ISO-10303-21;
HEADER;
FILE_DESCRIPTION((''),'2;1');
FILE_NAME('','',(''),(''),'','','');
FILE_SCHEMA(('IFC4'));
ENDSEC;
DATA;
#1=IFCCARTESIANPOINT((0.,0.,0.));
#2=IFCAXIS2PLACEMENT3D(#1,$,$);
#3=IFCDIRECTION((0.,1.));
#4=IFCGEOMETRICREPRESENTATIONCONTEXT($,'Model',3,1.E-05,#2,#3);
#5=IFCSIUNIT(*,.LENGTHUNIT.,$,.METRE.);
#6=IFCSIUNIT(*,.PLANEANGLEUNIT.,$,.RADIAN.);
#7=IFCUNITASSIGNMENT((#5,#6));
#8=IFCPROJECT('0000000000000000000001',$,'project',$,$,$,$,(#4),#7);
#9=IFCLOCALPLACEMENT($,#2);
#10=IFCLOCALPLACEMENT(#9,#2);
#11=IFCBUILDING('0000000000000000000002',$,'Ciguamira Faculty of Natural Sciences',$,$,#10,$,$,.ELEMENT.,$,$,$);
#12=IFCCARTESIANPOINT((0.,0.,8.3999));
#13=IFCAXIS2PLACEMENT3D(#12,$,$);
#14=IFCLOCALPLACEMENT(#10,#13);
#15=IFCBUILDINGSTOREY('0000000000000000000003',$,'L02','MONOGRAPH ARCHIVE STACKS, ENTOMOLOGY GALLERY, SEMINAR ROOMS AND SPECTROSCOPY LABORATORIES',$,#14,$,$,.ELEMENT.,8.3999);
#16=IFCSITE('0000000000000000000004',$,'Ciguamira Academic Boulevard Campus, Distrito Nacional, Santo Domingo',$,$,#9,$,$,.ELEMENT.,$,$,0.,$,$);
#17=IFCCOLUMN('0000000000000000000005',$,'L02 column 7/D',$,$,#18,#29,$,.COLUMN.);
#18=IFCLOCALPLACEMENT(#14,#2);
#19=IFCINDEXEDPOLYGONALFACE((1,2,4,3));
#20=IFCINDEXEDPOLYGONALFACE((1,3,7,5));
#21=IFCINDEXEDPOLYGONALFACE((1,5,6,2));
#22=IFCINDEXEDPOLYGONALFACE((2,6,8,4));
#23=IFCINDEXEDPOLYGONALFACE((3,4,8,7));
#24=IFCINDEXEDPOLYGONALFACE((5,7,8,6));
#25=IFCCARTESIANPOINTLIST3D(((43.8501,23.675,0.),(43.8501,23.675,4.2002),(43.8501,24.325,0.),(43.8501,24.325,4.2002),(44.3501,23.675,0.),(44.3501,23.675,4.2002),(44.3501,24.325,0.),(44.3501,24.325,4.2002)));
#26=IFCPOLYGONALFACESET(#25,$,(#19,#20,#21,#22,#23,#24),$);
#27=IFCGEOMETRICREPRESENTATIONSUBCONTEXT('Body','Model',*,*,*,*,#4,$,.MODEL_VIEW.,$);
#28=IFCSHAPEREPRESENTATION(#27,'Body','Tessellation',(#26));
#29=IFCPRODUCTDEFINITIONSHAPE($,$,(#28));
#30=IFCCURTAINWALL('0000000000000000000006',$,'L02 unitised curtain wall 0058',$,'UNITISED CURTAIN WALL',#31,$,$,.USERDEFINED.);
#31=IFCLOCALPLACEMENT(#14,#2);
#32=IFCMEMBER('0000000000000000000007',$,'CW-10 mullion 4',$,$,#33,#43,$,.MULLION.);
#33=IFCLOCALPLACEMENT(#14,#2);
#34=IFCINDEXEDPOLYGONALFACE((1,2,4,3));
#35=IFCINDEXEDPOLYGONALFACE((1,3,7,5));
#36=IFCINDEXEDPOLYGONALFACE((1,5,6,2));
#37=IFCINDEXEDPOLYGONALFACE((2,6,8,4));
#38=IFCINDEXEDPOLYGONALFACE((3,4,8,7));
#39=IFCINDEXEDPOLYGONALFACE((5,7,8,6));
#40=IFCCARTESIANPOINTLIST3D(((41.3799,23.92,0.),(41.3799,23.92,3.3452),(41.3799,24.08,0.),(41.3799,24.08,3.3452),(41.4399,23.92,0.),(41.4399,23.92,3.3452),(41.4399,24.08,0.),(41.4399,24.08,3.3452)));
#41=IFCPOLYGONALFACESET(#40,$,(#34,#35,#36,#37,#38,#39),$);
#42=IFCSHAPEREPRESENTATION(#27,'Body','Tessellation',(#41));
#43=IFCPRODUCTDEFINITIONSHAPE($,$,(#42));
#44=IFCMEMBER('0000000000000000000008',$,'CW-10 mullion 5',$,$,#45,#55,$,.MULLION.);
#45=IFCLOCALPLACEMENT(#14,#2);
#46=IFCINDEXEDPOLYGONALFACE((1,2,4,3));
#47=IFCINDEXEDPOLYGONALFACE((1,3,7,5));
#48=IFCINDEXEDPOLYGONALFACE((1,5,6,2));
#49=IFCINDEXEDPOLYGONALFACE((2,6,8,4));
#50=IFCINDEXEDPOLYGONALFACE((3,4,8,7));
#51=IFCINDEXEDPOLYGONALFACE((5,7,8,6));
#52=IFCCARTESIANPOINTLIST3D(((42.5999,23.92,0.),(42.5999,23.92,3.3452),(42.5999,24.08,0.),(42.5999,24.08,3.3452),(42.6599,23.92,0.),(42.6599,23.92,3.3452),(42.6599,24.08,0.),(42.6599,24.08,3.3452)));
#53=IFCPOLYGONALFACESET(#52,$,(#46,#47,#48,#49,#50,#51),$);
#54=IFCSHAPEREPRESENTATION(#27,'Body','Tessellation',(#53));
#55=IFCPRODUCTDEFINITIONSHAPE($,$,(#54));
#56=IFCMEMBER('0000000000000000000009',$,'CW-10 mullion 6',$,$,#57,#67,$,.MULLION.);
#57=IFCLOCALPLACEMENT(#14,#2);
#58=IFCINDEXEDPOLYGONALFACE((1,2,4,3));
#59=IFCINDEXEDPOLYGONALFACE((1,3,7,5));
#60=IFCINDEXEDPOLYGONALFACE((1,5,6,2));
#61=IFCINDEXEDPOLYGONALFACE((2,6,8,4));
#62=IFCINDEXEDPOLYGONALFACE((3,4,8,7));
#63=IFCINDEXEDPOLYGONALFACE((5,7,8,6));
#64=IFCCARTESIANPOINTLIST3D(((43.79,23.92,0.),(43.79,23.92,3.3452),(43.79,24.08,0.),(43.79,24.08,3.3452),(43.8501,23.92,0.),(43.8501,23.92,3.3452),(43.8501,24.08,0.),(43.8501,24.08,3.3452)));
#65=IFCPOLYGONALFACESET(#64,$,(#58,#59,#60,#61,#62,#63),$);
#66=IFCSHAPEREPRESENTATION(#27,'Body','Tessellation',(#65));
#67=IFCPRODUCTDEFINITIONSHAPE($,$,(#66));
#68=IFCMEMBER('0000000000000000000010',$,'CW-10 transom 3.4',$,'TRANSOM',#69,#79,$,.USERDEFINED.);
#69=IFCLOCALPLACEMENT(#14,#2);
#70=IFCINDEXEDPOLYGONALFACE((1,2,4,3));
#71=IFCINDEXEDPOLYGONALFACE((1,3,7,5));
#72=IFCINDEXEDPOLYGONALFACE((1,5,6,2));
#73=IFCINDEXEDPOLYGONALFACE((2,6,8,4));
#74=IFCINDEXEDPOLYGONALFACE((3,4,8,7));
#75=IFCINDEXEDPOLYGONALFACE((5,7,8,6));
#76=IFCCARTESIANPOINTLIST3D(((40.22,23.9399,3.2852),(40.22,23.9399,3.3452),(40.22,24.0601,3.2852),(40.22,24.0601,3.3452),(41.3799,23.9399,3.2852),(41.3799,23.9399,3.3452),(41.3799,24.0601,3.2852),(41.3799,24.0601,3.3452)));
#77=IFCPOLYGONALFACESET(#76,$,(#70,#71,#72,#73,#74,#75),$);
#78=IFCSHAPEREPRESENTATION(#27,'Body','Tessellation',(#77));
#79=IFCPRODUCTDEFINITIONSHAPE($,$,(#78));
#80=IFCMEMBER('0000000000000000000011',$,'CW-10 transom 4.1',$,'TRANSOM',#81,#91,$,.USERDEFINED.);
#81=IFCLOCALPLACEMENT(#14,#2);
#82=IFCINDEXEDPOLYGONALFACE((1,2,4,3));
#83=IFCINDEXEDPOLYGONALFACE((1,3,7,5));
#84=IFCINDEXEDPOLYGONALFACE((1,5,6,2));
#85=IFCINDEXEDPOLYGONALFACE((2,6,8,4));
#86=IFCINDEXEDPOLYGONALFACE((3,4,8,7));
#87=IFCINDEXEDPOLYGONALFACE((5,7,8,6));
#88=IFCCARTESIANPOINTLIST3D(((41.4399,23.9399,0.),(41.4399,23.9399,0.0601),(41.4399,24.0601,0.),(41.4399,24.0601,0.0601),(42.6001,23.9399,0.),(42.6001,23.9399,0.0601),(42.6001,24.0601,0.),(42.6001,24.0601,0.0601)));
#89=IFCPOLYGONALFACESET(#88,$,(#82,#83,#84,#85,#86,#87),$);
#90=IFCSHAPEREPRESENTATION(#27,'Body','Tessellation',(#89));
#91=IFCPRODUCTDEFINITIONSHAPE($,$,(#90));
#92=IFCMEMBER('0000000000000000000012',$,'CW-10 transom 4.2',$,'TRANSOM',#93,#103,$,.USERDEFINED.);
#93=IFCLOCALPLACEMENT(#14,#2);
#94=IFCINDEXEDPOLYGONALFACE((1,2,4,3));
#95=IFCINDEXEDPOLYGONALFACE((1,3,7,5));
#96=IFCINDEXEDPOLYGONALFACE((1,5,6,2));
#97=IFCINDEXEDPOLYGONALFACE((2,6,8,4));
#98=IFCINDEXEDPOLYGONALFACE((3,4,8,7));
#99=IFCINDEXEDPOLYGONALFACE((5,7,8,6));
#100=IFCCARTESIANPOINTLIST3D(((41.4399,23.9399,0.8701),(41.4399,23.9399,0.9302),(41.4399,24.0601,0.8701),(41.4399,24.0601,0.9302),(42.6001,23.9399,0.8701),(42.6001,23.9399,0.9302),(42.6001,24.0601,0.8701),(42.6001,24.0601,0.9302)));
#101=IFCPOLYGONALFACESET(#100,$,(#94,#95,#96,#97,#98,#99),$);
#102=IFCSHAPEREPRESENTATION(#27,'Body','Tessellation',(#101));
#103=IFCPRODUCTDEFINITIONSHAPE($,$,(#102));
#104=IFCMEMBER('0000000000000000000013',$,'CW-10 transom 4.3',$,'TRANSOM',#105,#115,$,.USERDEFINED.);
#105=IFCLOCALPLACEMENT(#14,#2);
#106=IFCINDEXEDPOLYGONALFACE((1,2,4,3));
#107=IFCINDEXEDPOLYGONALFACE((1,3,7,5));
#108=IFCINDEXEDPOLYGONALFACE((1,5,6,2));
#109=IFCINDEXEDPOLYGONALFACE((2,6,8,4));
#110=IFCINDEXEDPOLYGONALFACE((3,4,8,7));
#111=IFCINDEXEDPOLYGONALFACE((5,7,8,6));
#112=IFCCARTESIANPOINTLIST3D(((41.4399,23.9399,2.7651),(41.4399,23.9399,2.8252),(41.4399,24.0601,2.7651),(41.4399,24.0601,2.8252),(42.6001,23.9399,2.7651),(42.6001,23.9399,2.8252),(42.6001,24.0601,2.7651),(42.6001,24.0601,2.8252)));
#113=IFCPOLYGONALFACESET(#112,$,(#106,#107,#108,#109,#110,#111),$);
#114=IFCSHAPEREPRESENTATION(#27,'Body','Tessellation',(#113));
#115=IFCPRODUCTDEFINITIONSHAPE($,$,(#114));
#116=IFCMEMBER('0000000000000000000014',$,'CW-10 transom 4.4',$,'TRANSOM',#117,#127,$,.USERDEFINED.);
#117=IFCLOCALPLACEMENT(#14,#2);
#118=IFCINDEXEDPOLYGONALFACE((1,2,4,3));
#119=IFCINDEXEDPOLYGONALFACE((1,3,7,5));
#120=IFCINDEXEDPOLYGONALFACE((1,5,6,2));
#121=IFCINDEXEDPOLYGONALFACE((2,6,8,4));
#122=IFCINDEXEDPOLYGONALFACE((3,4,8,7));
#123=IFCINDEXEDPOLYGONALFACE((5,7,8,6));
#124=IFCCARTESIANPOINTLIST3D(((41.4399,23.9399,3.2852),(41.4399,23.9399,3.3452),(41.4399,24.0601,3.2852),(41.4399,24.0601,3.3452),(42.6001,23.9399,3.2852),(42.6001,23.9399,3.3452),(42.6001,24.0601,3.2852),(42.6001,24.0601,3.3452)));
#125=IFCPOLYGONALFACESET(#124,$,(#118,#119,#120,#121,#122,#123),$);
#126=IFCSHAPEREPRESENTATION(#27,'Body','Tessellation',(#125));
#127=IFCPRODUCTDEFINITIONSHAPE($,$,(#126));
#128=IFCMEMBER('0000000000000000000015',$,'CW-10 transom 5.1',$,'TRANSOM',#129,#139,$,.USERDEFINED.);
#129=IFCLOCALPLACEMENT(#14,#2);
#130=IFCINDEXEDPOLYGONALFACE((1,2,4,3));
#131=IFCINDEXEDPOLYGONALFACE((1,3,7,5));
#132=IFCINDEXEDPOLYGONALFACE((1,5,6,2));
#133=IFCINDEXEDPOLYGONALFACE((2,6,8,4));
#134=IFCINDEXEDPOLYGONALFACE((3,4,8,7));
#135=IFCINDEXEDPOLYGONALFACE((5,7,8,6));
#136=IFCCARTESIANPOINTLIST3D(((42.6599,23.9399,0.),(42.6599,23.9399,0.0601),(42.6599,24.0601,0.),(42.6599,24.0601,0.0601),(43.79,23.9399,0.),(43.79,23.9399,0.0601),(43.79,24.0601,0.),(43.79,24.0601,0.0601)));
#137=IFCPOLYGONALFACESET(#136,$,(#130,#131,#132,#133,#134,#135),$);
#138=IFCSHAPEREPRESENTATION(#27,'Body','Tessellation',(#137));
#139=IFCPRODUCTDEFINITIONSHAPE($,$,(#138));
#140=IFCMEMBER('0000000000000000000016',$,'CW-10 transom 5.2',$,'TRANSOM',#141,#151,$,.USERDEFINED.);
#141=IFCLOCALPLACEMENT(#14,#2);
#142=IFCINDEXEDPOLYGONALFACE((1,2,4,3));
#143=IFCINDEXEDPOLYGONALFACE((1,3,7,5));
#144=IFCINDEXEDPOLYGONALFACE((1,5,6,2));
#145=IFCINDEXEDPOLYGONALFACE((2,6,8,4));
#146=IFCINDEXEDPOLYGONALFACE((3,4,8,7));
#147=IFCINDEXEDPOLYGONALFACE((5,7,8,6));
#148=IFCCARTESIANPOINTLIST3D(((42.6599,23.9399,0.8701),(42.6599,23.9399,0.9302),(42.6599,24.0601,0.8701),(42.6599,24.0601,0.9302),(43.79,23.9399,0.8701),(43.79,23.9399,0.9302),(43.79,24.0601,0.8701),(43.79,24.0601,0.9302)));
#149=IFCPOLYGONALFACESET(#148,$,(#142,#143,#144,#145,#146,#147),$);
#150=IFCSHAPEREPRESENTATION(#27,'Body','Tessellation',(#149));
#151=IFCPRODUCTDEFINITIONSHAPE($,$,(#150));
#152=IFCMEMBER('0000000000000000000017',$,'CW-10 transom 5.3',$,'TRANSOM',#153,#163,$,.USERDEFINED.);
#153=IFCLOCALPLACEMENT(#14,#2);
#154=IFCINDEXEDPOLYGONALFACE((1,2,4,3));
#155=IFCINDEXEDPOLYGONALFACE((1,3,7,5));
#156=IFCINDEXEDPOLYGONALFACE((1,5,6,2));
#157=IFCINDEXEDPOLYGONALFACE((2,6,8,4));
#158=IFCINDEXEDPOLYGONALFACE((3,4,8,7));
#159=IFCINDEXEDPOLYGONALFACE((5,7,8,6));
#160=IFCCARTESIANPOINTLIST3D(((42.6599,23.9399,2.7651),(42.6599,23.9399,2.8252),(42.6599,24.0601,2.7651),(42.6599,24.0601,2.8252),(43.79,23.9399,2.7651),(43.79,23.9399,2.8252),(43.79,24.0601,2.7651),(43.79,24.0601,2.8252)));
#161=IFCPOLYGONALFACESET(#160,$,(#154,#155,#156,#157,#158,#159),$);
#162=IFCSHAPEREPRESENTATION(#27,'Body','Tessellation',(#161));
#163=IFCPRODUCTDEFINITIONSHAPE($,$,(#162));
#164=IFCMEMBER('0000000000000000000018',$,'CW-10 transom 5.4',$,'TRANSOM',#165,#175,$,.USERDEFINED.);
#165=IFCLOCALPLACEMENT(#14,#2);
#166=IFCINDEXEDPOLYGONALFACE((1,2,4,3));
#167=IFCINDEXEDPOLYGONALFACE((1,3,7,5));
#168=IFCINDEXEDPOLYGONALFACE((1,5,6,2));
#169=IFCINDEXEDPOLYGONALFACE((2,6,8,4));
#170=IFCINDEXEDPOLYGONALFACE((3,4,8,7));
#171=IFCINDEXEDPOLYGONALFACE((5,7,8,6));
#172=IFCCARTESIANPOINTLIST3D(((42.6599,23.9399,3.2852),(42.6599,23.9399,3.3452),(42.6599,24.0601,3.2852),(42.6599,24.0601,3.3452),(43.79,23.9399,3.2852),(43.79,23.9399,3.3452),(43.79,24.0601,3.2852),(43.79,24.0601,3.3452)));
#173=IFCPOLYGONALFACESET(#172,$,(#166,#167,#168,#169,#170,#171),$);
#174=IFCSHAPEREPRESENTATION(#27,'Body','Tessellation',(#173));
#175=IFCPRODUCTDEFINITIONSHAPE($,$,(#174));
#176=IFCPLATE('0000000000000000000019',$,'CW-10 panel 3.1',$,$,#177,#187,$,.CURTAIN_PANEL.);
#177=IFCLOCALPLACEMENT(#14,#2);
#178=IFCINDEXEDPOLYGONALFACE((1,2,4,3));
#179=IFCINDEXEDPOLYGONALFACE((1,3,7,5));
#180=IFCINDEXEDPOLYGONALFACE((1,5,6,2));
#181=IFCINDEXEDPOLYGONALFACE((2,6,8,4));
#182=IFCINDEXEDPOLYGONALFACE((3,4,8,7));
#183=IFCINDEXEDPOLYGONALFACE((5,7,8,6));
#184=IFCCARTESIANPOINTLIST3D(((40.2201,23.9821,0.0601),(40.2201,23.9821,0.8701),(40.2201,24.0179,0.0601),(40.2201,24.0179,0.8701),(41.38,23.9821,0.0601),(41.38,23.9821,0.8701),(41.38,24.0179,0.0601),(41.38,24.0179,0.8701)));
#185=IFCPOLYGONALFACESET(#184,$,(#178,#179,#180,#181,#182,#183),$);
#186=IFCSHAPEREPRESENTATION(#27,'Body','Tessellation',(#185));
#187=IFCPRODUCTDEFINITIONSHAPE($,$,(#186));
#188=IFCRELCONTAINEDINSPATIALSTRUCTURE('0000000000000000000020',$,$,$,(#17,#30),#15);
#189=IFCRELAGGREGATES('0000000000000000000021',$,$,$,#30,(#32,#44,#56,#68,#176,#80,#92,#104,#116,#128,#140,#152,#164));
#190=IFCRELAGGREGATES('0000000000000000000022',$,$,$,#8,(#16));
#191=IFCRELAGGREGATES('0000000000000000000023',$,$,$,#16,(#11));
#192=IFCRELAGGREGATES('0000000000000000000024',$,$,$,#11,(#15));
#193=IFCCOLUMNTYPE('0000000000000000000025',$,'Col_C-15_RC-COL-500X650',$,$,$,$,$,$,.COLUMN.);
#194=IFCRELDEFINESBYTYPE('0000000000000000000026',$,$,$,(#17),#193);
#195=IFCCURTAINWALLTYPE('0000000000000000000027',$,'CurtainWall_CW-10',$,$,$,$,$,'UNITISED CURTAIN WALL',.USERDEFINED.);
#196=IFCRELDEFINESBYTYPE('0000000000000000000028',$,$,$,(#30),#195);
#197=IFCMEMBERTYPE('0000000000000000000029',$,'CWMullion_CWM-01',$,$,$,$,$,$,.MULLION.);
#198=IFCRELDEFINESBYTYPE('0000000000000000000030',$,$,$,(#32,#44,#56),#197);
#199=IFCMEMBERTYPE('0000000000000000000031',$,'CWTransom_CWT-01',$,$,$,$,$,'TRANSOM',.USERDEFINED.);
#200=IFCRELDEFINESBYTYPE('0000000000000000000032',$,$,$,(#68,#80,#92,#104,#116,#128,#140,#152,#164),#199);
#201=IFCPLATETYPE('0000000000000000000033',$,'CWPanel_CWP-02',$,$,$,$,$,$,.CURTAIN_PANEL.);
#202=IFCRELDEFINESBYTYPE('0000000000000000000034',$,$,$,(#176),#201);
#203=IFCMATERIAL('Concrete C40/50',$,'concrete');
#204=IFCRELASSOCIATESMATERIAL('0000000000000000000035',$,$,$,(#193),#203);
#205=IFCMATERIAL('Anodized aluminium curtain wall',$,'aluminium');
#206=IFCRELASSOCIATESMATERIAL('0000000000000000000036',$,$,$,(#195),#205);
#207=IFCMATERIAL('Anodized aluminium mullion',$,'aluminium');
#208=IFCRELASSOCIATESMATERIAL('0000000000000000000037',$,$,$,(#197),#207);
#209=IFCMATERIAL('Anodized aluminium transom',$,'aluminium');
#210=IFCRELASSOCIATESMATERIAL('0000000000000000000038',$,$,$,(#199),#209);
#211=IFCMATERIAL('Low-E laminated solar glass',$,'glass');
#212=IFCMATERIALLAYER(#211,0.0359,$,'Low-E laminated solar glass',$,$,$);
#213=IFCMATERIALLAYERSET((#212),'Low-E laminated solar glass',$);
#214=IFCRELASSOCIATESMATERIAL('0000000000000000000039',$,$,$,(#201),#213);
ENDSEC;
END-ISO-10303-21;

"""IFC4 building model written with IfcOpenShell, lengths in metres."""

from ifc_helpers import new_model, si_unit, direction, frame, origin, origin_2d, place, context, subcontext, project, spatial, rectangle, extrude, material, layer, layer_set, material_profile, profile_set, type_object, element, aggregate, save


model = new_model("IFC4")

# Units and contexts
model_context = context("Model", 3, precision=1e-05, world=origin(), true_north=direction((0.0, 1.0)))
body_context = subcontext(model_context, "Body", "Model", "MODEL_VIEW")
ifc_project = project(units=[si_unit("LENGTHUNIT", "METRE"), si_unit("PLANEANGLEUNIT", "RADIAN")], contexts=[model_context])

# Site, building, storey
site_placement = place(None, origin())
site = spatial("IfcSite", under=ifc_project, at=site_placement, Name="Ciguamira Academic Boulevard Campus, Distrito Nacional, Santo Domingo", CompositionType="ELEMENT", RefElevation=0.0)
building_placement = place(site_placement, origin())
building = spatial("IfcBuilding", under=site, at=building_placement, Name="Ciguamira Faculty of Natural Sciences", CompositionType="ELEMENT")
storey_placement = place(building_placement, frame((0.0, 0.0, 8.3999)))
storey = spatial("IfcBuildingStorey", under=building, at=storey_placement, Name="L02", Description="MONOGRAPH ARCHIVE STACKS, ENTOMOLOGY GALLERY, SEMINAR ROOMS AND SPECTROSCOPY LABORATORIES", CompositionType="ELEMENT", Elevation=8.3999)

# Column
ifc_material_1 = material(Name="Concrete C40/50", Category="concrete")
ifc_material_profile_1 = material_profile(ifc_material_1, rectangle(XDim=0.5, YDim=0.6499, at=origin_2d()), Name="RC-COL-500X650")
ifc_profile_set_1 = profile_set([ifc_material_profile_1], Name="Concrete C40/50")
column_type = type_object("IfcColumnType", Name="Col_C-15_RC-COL-500X650", PredefinedType="COLUMN", material=ifc_profile_set_1)
column_placement = place(storey_placement, frame((44.1001, 24.0, 0.0), z_axis=(0.0, 0.0, 1.0), x_axis=(1.0, 0.0, 0.0)))
element("IfcColumn", 1, at=column_placement, inside=storey, type_object=column_type, Name="L02 column 7/D", PredefinedType="COLUMN", context=body_context, shape_type="SweptSolid", body=[
    extrude(rectangle(XDim=0.5, YDim=0.6499, at=origin_2d()), origin(), (0.0, 0.0, 1.0), 4.2002),
])

# Curtain wall, members, plate
ifc_material_2 = material(Name="Anodized aluminium curtain wall", Category="aluminium")
curtain_wall_type = type_object("IfcCurtainWallType", Name="CurtainWall_CW-10", ElementType="UNITISED CURTAIN WALL", PredefinedType="USERDEFINED", material=ifc_material_2)
curtain_wall_placement = place(storey_placement, origin())
curtain_wall = element("IfcCurtainWall", 2, at=curtain_wall_placement, inside=storey, type_object=curtain_wall_type, Name="L02 unitised curtain wall 0058", ObjectType="UNITISED CURTAIN WALL", PredefinedType="USERDEFINED")
ifc_material_3 = material(Name="Anodized aluminium mullion", Category="aluminium")
ifc_material_profile_2 = material_profile(ifc_material_3, rectangle(XDim=0.0601, YDim=0.1599, at=origin_2d()), Name="ALU-MUL-60X160")
ifc_profile_set_2 = profile_set([ifc_material_profile_2], Name="Anodized aluminium mullion")
member_type_1 = type_object("IfcMemberType", Name="CWMullion_CWM-01", PredefinedType="MULLION", material=ifc_profile_set_2)
member_1_placement = place(storey_placement, frame((41.4099, 24.0, 0.0), z_axis=(0.0, 0.0, 1.0), x_axis=(1.0, 0.0, 0.0)))
member_1 = element("IfcMember", 3, at=member_1_placement, type_object=member_type_1, Name="CW-10 mullion 4", PredefinedType="MULLION", context=body_context, shape_type="SweptSolid", body=[
    extrude(rectangle(XDim=0.0601, YDim=0.1599, at=origin_2d()), origin(), (0.0, 0.0, 1.0), 3.3452),
])
member_2_placement = place(storey_placement, frame((42.6299, 24.0, 0.0), z_axis=(0.0, 0.0, 1.0), x_axis=(1.0, 0.0, 0.0)))
member_2 = element("IfcMember", 4, at=member_2_placement, type_object=member_type_1, Name="CW-10 mullion 5", PredefinedType="MULLION", context=body_context, shape_type="SweptSolid", body=[
    extrude(rectangle(XDim=0.0601, YDim=0.1599, at=origin_2d()), origin(), (0.0, 0.0, 1.0), 3.3452),
])
member_3_placement = place(storey_placement, frame((43.8201, 24.0, 0.0), z_axis=(0.0, 0.0, 1.0), x_axis=(1.0, 0.0, 0.0)))
member_3 = element("IfcMember", 5, at=member_3_placement, type_object=member_type_1, Name="CW-10 mullion 6", PredefinedType="MULLION", context=body_context, shape_type="SweptSolid", body=[
    extrude(rectangle(XDim=0.0601, YDim=0.1599, at=origin_2d()), origin(), (0.0, 0.0, 1.0), 3.3452),
])
ifc_material_4 = material(Name="Anodized aluminium transom", Category="aluminium")
ifc_material_profile_3 = material_profile(ifc_material_4, rectangle(XDim=0.0601, YDim=0.1201, at=origin_2d()), Name="ALU-TRN-60X120")
ifc_profile_set_3 = profile_set([ifc_material_profile_3], Name="Anodized aluminium transom")
member_type_2 = type_object("IfcMemberType", Name="CWTransom_CWT-01", ElementType="TRANSOM", PredefinedType="USERDEFINED", material=ifc_profile_set_3)
member_4_placement = place(storey_placement, frame((40.22, 24.0, 3.3152), z_axis=(1.0, 0.0, 0.0), x_axis=(0.0, 0.0, 1.0)))
member_4 = element("IfcMember", 6, at=member_4_placement, type_object=member_type_2, Name="CW-10 transom 3.4", ObjectType="TRANSOM", PredefinedType="USERDEFINED", context=body_context, shape_type="SweptSolid", body=[
    extrude(rectangle(XDim=0.0601, YDim=0.1201, at=origin_2d()), origin(), (0.0, 0.0, 1.0), 1.1599),
])
member_5_placement = place(storey_placement, frame((41.4399, 24.0, 0.03), z_axis=(1.0, 0.0, 0.0), x_axis=(0.0, 0.0, 1.0)))
member_5 = element("IfcMember", 7, at=member_5_placement, type_object=member_type_2, Name="CW-10 transom 4.1", ObjectType="TRANSOM", PredefinedType="USERDEFINED", context=body_context, shape_type="SweptSolid", body=[
    extrude(rectangle(XDim=0.0601, YDim=0.1201, at=origin_2d()), origin(), (0.0, 0.0, 1.0), 1.1602),
])
member_6_placement = place(storey_placement, frame((41.4399, 24.0, 0.9001), z_axis=(1.0, 0.0, 0.0), x_axis=(0.0, 0.0, 1.0)))
member_6 = element("IfcMember", 8, at=member_6_placement, type_object=member_type_2, Name="CW-10 transom 4.2", ObjectType="TRANSOM", PredefinedType="USERDEFINED", context=body_context, shape_type="SweptSolid", body=[
    extrude(rectangle(XDim=0.0601, YDim=0.1201, at=origin_2d()), origin(), (0.0, 0.0, 1.0), 1.1602),
])
member_7_placement = place(storey_placement, frame((41.4399, 24.0, 2.7952), z_axis=(1.0, 0.0, 0.0), x_axis=(0.0, 0.0, 1.0)))
member_7 = element("IfcMember", 9, at=member_7_placement, type_object=member_type_2, Name="CW-10 transom 4.3", ObjectType="TRANSOM", PredefinedType="USERDEFINED", context=body_context, shape_type="SweptSolid", body=[
    extrude(rectangle(XDim=0.0601, YDim=0.1201, at=origin_2d()), origin(), (0.0, 0.0, 1.0), 1.1602),
])
member_8_placement = place(storey_placement, frame((41.4399, 24.0, 3.3152), z_axis=(1.0, 0.0, 0.0), x_axis=(0.0, 0.0, 1.0)))
member_8 = element("IfcMember", 10, at=member_8_placement, type_object=member_type_2, Name="CW-10 transom 4.4", ObjectType="TRANSOM", PredefinedType="USERDEFINED", context=body_context, shape_type="SweptSolid", body=[
    extrude(rectangle(XDim=0.0601, YDim=0.1201, at=origin_2d()), origin(), (0.0, 0.0, 1.0), 1.1602),
])
member_9_placement = place(storey_placement, frame((42.6599, 24.0, 0.03), z_axis=(1.0, 0.0, 0.0), x_axis=(0.0, 0.0, 1.0)))
member_9 = element("IfcMember", 11, at=member_9_placement, type_object=member_type_2, Name="CW-10 transom 5.1", ObjectType="TRANSOM", PredefinedType="USERDEFINED", context=body_context, shape_type="SweptSolid", body=[
    extrude(rectangle(XDim=0.0601, YDim=0.1201, at=origin_2d()), origin(), (0.0, 0.0, 1.0), 1.1301),
])
member_10_placement = place(storey_placement, frame((42.6599, 24.0, 0.9001), z_axis=(1.0, 0.0, 0.0), x_axis=(0.0, 0.0, 1.0)))
member_10 = element("IfcMember", 12, at=member_10_placement, type_object=member_type_2, Name="CW-10 transom 5.2", ObjectType="TRANSOM", PredefinedType="USERDEFINED", context=body_context, shape_type="SweptSolid", body=[
    extrude(rectangle(XDim=0.0601, YDim=0.1201, at=origin_2d()), origin(), (0.0, 0.0, 1.0), 1.1301),
])
member_11_placement = place(storey_placement, frame((42.6599, 24.0, 2.7952), z_axis=(1.0, 0.0, 0.0), x_axis=(0.0, 0.0, 1.0)))
member_11 = element("IfcMember", 13, at=member_11_placement, type_object=member_type_2, Name="CW-10 transom 5.3", ObjectType="TRANSOM", PredefinedType="USERDEFINED", context=body_context, shape_type="SweptSolid", body=[
    extrude(rectangle(XDim=0.0601, YDim=0.1201, at=origin_2d()), origin(), (0.0, 0.0, 1.0), 1.1301),
])
member_12_placement = place(storey_placement, frame((42.6599, 24.0, 3.3152), z_axis=(1.0, 0.0, 0.0), x_axis=(0.0, 0.0, 1.0)))
member_12 = element("IfcMember", 14, at=member_12_placement, type_object=member_type_2, Name="CW-10 transom 5.4", ObjectType="TRANSOM", PredefinedType="USERDEFINED", context=body_context, shape_type="SweptSolid", body=[
    extrude(rectangle(XDim=0.0601, YDim=0.1201, at=origin_2d()), origin(), (0.0, 0.0, 1.0), 1.1301),
])
ifc_material_5 = material(Name="Low-E laminated solar glass", Category="glass")
ifc_layer = layer(ifc_material_5, 0.0359, Name="Low-E laminated solar glass")
ifc_layer_set = layer_set([ifc_layer], Name="Low-E laminated solar glass")
plate_type = type_object("IfcPlateType", Name="CWPanel_CWP-02", PredefinedType="CURTAIN_PANEL", material=ifc_layer_set)
plate_1_placement = place(storey_placement, frame((40.8, 24.0, 0.0601), z_axis=(0.0, 0.0, 1.0), x_axis=(1.0, 0.0, 0.0)))
plate_1 = element("IfcPlate", 15, at=plate_1_placement, type_object=plate_type, Name="CW-10 panel 3.1", PredefinedType="CURTAIN_PANEL", context=body_context, shape_type="SweptSolid", body=[
    extrude(rectangle(XDim=1.1599, YDim=0.0359, at=origin_2d()), origin(), (0.0, 0.0, 1.0), 0.8101),
])
aggregate(curtain_wall, [member_1, member_2, member_3, member_4, plate_1, member_5, member_6, member_7, member_8, member_9, member_10, member_11, member_12])

save(model, "model.ifc")
